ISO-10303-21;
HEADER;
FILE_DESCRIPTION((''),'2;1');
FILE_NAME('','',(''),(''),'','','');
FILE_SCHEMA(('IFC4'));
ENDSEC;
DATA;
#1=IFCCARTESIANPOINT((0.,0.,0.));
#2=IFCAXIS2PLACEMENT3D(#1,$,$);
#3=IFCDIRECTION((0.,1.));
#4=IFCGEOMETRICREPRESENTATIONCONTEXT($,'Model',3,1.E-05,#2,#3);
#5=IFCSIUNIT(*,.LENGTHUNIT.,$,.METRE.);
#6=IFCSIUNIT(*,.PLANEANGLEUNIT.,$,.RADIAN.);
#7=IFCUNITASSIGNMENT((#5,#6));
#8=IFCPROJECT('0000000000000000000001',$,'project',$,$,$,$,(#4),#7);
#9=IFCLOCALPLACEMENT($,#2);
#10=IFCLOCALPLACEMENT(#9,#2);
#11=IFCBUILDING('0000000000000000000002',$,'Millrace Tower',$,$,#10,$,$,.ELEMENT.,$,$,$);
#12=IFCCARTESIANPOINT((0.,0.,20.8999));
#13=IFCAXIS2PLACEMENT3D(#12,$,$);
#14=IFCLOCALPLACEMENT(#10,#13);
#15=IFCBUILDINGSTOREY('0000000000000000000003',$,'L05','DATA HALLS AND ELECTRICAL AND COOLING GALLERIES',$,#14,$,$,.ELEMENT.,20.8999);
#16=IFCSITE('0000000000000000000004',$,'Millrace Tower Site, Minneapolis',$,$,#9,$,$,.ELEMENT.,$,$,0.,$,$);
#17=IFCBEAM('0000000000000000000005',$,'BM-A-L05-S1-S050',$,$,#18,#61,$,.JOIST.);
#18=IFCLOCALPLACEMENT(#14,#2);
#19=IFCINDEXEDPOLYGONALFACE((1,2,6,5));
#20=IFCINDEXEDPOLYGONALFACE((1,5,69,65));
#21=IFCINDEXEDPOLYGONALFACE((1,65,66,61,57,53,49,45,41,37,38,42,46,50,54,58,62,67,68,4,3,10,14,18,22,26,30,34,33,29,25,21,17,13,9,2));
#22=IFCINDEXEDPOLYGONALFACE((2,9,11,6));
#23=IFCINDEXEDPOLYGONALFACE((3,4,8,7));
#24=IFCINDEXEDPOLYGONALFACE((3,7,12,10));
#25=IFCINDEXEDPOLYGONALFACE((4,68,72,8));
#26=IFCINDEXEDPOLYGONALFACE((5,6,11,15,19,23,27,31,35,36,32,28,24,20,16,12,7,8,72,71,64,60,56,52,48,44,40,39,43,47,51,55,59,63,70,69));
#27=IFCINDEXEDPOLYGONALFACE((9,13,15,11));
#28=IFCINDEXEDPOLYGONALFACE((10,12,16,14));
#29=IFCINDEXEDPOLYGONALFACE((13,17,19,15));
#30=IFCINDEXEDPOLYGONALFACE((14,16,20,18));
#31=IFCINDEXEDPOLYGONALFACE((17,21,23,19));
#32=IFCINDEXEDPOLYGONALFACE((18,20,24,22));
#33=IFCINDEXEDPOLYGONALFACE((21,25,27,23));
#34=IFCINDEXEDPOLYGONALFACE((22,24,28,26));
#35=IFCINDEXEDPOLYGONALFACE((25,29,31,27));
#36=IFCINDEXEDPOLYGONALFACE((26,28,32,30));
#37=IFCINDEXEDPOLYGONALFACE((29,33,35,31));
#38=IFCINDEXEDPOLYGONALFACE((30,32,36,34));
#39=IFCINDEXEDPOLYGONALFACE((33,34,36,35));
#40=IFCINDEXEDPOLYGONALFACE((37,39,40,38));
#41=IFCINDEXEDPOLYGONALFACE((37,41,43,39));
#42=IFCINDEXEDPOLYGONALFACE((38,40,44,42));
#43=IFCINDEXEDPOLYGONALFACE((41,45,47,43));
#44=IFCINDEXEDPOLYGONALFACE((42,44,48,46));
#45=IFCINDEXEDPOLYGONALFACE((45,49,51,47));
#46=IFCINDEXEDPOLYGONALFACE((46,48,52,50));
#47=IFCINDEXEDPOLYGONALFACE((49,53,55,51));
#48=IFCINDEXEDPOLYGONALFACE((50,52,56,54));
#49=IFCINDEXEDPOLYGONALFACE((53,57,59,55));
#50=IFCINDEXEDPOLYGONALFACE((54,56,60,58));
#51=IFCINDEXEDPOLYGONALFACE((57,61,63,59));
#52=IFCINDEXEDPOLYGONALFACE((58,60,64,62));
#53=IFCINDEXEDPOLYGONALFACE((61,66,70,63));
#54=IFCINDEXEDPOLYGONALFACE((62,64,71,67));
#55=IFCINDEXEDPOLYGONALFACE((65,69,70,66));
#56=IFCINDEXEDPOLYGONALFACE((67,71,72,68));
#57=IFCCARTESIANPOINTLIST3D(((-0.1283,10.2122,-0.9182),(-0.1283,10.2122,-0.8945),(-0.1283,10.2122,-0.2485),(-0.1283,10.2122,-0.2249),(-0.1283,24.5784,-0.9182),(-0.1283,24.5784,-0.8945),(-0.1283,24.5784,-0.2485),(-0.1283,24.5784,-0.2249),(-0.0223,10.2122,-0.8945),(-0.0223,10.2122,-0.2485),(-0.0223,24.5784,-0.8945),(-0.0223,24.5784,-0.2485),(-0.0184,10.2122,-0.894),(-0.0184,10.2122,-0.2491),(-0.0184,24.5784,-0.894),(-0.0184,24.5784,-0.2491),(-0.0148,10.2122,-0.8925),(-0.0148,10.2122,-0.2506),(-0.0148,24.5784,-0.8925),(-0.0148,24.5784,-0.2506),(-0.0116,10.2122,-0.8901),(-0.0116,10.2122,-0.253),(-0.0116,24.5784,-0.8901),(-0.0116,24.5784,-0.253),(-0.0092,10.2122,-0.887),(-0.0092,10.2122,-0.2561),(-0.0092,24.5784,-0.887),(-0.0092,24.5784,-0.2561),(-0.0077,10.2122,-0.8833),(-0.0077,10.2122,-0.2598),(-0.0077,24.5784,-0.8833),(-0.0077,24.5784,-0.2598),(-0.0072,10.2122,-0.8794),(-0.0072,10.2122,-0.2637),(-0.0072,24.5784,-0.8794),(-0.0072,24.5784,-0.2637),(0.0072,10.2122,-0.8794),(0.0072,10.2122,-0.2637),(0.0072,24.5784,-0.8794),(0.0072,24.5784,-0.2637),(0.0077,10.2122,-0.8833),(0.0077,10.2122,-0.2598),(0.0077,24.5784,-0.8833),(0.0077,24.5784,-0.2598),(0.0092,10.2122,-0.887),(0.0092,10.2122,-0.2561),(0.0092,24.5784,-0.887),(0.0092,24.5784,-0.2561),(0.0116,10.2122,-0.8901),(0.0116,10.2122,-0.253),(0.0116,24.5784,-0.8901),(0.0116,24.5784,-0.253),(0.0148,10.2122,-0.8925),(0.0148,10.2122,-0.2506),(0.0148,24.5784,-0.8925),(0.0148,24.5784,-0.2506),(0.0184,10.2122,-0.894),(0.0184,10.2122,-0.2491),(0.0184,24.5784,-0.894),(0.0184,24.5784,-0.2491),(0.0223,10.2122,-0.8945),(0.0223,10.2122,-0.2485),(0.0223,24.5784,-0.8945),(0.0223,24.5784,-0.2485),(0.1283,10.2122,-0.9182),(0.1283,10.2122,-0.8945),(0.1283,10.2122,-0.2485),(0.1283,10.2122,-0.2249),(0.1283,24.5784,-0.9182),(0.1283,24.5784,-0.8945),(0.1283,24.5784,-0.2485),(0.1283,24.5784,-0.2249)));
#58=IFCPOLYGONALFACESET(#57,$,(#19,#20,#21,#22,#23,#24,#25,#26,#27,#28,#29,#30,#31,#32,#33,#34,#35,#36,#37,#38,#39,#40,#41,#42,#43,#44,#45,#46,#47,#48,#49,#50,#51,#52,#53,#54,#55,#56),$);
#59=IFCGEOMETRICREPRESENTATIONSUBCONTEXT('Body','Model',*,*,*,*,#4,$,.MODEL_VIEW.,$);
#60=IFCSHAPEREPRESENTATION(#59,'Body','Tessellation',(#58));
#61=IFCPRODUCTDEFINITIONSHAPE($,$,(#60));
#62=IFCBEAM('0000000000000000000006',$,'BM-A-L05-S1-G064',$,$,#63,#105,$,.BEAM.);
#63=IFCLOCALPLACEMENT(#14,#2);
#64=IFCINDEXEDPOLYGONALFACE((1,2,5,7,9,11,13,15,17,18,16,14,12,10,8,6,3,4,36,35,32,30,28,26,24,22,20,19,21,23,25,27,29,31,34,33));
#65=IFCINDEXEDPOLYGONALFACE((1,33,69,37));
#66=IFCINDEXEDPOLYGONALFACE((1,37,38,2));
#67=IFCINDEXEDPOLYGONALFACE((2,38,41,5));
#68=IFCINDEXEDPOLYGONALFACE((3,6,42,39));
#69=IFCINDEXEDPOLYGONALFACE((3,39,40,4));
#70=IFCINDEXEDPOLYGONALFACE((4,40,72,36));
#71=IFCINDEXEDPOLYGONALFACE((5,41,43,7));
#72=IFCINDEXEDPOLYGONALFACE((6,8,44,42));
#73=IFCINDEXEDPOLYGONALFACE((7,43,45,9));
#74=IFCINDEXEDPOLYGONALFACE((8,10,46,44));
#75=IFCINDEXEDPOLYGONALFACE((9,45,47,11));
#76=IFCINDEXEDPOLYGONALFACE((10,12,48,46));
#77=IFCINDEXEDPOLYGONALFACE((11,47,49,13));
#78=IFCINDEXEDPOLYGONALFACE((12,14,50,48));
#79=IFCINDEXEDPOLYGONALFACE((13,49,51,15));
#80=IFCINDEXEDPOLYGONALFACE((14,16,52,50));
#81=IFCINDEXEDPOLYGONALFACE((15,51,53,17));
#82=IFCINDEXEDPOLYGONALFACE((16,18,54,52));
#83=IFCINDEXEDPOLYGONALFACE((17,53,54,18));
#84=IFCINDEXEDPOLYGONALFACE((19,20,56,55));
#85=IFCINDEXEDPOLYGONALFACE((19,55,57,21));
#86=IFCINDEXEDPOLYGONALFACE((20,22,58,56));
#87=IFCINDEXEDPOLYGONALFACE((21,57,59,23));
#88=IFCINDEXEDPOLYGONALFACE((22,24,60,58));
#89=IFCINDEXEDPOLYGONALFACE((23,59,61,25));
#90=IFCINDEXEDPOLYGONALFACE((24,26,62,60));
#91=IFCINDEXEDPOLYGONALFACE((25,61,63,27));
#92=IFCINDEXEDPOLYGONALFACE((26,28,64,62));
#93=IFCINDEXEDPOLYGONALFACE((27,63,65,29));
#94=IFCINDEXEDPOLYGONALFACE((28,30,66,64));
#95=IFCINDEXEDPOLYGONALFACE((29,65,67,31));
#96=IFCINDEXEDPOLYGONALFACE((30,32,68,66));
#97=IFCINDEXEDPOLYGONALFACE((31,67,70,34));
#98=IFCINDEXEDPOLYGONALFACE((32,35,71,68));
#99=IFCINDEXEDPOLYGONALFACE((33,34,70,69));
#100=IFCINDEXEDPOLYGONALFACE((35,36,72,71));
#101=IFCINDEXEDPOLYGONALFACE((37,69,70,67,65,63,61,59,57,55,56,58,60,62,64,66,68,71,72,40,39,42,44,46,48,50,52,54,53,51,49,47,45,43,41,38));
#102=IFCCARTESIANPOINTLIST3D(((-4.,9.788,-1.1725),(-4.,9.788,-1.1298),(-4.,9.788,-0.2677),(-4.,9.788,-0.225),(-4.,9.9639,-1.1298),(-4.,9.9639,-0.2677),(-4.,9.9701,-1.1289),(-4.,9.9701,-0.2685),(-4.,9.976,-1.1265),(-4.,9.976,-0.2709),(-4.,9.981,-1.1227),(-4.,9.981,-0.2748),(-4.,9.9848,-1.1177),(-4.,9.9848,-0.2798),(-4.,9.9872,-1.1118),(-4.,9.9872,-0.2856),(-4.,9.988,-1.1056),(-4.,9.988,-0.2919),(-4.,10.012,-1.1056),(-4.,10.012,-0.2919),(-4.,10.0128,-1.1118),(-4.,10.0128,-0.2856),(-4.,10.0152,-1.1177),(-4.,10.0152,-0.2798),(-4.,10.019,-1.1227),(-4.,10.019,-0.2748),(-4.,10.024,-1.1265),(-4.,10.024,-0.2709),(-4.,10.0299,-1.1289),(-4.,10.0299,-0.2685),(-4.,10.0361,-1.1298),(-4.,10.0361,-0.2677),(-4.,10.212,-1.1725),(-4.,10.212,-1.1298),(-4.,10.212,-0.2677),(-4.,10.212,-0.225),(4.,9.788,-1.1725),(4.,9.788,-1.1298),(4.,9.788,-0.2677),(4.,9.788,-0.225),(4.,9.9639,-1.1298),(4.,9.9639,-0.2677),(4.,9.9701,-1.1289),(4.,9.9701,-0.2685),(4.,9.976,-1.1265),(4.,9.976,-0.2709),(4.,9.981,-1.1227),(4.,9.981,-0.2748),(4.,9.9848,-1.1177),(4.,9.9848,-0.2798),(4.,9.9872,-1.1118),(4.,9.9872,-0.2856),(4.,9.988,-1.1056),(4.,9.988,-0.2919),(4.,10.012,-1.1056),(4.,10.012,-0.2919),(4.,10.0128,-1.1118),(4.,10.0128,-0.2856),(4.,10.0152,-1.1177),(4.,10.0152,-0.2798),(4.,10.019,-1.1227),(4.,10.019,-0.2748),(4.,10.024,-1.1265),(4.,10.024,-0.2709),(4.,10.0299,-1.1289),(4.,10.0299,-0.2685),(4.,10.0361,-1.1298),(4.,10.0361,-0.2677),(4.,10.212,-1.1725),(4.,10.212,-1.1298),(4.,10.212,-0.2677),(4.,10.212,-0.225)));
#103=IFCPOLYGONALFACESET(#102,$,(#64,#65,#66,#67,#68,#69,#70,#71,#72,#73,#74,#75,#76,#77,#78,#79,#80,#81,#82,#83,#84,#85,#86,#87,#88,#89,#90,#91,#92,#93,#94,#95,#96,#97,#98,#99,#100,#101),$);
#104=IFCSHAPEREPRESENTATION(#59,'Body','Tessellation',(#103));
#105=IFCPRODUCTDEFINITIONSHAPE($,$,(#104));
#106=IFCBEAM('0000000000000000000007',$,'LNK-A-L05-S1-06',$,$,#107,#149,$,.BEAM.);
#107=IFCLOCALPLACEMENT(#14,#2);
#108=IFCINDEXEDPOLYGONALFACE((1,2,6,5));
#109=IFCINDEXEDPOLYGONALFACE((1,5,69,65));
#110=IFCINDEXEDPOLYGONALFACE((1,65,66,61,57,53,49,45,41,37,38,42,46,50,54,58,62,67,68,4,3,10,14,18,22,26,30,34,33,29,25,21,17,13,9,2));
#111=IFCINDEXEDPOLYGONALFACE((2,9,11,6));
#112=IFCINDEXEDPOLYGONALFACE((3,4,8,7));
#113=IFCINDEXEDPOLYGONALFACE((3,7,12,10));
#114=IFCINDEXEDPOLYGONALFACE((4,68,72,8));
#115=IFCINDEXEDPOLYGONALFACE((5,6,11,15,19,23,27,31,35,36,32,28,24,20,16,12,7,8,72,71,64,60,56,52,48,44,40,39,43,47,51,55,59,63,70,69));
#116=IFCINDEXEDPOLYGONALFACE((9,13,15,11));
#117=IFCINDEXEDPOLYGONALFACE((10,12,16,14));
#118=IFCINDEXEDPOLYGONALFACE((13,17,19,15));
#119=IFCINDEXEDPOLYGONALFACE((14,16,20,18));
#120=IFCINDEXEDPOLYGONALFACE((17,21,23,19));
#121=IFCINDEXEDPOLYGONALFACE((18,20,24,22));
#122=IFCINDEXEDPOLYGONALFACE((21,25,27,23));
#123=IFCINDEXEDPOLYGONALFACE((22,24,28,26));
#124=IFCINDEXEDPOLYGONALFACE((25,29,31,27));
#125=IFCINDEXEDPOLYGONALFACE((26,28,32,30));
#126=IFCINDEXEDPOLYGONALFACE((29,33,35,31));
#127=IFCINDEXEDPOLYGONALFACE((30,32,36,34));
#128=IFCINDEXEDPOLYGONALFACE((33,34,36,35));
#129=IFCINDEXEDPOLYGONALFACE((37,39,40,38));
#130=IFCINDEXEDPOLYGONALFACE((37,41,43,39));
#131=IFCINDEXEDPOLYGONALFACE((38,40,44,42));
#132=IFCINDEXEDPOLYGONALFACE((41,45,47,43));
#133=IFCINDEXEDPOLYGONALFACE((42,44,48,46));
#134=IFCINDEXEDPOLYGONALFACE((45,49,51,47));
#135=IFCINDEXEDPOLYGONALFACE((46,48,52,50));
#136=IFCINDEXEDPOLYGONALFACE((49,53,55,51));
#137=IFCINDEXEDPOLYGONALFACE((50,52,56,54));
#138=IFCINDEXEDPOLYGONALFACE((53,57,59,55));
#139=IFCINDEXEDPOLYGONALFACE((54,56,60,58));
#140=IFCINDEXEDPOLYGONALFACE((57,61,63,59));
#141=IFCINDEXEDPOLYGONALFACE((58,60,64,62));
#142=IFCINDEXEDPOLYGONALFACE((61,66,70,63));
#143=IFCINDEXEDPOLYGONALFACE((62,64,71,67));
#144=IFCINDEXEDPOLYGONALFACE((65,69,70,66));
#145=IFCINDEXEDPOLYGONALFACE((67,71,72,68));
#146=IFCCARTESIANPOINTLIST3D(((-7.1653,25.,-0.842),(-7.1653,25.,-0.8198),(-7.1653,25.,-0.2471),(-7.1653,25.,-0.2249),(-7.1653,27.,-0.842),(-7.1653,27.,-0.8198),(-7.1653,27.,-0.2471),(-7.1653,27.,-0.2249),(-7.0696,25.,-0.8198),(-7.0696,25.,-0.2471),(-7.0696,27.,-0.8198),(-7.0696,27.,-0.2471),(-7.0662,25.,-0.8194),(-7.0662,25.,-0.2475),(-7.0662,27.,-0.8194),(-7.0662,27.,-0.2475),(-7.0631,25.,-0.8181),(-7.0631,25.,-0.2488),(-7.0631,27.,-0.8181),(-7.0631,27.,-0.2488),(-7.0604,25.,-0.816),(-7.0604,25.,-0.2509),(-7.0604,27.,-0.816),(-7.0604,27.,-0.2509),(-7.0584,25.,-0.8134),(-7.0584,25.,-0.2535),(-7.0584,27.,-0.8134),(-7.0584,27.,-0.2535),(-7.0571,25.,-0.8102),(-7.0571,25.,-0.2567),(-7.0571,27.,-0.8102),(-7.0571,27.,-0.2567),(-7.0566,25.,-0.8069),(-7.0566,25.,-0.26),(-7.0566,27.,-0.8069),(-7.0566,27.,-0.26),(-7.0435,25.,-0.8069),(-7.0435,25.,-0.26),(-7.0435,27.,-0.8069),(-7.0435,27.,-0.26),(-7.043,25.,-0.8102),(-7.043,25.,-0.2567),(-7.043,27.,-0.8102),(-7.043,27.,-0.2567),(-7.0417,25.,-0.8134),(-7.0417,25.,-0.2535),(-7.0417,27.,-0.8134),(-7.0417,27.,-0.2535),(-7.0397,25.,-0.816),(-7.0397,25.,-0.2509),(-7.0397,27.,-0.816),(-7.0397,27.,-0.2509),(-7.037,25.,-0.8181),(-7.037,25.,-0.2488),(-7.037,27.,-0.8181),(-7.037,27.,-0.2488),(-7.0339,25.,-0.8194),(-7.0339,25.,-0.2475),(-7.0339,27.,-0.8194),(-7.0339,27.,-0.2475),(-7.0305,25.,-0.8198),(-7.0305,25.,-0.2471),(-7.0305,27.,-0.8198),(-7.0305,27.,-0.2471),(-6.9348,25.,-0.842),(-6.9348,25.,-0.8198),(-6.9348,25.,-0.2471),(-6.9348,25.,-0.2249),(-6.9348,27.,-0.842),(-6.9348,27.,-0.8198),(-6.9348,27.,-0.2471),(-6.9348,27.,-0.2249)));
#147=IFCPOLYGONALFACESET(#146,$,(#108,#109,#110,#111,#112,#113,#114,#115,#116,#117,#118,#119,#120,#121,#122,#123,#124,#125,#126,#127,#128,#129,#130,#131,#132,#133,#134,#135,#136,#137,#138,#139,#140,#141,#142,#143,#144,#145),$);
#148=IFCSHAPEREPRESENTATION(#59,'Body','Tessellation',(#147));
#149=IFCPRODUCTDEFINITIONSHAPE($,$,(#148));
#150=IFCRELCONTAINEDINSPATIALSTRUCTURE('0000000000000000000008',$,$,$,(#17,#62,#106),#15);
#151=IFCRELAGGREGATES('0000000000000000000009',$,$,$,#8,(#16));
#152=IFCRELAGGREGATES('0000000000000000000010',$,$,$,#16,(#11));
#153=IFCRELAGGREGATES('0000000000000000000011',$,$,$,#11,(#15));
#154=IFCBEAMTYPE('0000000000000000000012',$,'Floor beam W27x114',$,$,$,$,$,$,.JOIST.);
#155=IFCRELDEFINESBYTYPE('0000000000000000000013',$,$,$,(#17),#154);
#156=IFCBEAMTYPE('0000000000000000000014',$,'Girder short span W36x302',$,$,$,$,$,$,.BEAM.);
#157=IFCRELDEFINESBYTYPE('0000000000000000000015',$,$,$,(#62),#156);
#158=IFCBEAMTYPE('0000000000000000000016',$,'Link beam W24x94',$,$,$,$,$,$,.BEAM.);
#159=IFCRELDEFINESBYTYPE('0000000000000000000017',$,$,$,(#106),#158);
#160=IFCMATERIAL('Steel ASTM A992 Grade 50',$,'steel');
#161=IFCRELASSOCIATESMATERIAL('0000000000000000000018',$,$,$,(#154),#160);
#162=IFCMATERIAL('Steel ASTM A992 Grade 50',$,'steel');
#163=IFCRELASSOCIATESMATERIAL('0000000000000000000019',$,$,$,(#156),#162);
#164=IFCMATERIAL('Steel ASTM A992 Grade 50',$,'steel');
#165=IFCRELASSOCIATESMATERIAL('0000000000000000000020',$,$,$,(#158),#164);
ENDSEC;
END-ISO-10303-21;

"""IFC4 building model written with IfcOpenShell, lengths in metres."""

from ifc_helpers import new_model, si_unit, direction, frame, origin, origin_2d, place, context, subcontext, project, spatial, i_section, extrude, material, material_profile, profile_set, type_object, element, save


model = new_model("IFC4")

# Units and contexts
model_context = context("Model", 3, precision=1e-05, world=origin(), true_north=direction((0.0, 1.0)))
body_context = subcontext(model_context, "Body", "Model", "MODEL_VIEW")
ifc_project = project(units=[si_unit("LENGTHUNIT", "METRE"), si_unit("PLANEANGLEUNIT", "RADIAN")], contexts=[model_context])

# Site, building, storey
site_placement = place(None, origin())
site = spatial("IfcSite", under=ifc_project, at=site_placement, Name="Millrace Tower Site, Minneapolis", CompositionType="ELEMENT", RefElevation=0.0)
building_placement = place(site_placement, origin())
building = spatial("IfcBuilding", under=site, at=building_placement, Name="Millrace Tower", CompositionType="ELEMENT")
storey_placement = place(building_placement, frame((0.0, 0.0, 20.8999)))
storey = spatial("IfcBuildingStorey", under=building, at=storey_placement, Name="L05", Description="DATA HALLS AND ELECTRICAL AND COOLING GALLERIES", CompositionType="ELEMENT", Elevation=20.8999)

# Beams
ifc_material_1 = material(Name="Steel ASTM A992 Grade 50", Category="steel")
ifc_material_profile_1 = material_profile(ifc_material_1, i_section(OverallWidth=0.2566, OverallDepth=0.6934, WebThickness=0.0144, FlangeThickness=0.0237, FilletRadius=0.0151, at=origin_2d()))
ifc_profile_set_1 = profile_set([ifc_material_profile_1], Name="Steel ASTM A992 Grade 50")
beam_type_1 = type_object("IfcBeamType", Name="Floor beam W27x114", PredefinedType="JOIST", material=ifc_profile_set_1)
for number, where, z_axis, x_axis, name in (
    (1, (0.0, 10.2122, -0.5715), (0.0, 1.0, 0.0), (-1.0, 0.0, 0.0), "BM-A-L05-S1-S050"),
):
    element("IfcBeam", number, at=place(storey_placement, frame(where, z_axis=z_axis, x_axis=x_axis)), inside=storey, type_object=beam_type_1, Name=name, PredefinedType="JOIST", context=body_context, shape_type="SweptSolid", body=[
        extrude(i_section(OverallWidth=0.2566, OverallDepth=0.6934, WebThickness=0.0144, FlangeThickness=0.0237, FilletRadius=0.0151, at=origin_2d()), origin(), (0.0, 0.0, 1.0), 14.3662),
    ])
ifc_material_2 = material(Name="Steel ASTM A992 Grade 50", Category="steel")
ifc_material_profile_2 = material_profile(ifc_material_2, i_section(OverallWidth=0.4241, OverallDepth=0.9475, WebThickness=0.0239, FlangeThickness=0.0427, FilletRadius=0.0242, at=origin_2d()))
ifc_profile_set_2 = profile_set([ifc_material_profile_2], Name="Steel ASTM A992 Grade 50")
beam_type_2 = type_object("IfcBeamType", Name="Girder short span W36x302", PredefinedType="BEAM", material=ifc_profile_set_2)
beam_1_placement = place(storey_placement, frame((-4.0, 10.0, -0.6987), z_axis=(1.0, 0.0, 0.0), x_axis=(0.0, 1.0, 0.0)))
element("IfcBeam", 2, at=beam_1_placement, inside=storey, type_object=beam_type_2, Name="BM-A-L05-S1-G064", PredefinedType="BEAM", context=body_context, shape_type="SweptSolid", body=[
    extrude(i_section(OverallWidth=0.4241, OverallDepth=0.9475, WebThickness=0.0239, FlangeThickness=0.0427, FilletRadius=0.0242, at=origin_2d()), origin(), (0.0, 0.0, 1.0), 8.0),
])
ifc_material_3 = material(Name="Steel ASTM A992 Grade 50", Category="steel")
ifc_material_profile_3 = material_profile(ifc_material_3, i_section(OverallWidth=0.2305, OverallDepth=0.6172, WebThickness=0.0132, FlangeThickness=0.0222, FilletRadius=0.0129, at=origin_2d()))
ifc_profile_set_3 = profile_set([ifc_material_profile_3], Name="Steel ASTM A992 Grade 50")
beam_type_3 = type_object("IfcBeamType", Name="Link beam W24x94", PredefinedType="BEAM", material=ifc_profile_set_3)
beam_2_placement = place(storey_placement, frame((-7.05, 25.0, -0.5334), z_axis=(0.0, 1.0, 0.0), x_axis=(-1.0, 0.0, 0.0)))
element("IfcBeam", 3, at=beam_2_placement, inside=storey, type_object=beam_type_3, Name="LNK-A-L05-S1-06", PredefinedType="BEAM", context=body_context, shape_type="SweptSolid", body=[
    extrude(i_section(OverallWidth=0.2305, OverallDepth=0.6172, WebThickness=0.0132, FlangeThickness=0.0222, FilletRadius=0.0129, at=origin_2d()), origin(), (0.0, 0.0, 1.0), 2.0),
])

save(model, "model.ifc")
